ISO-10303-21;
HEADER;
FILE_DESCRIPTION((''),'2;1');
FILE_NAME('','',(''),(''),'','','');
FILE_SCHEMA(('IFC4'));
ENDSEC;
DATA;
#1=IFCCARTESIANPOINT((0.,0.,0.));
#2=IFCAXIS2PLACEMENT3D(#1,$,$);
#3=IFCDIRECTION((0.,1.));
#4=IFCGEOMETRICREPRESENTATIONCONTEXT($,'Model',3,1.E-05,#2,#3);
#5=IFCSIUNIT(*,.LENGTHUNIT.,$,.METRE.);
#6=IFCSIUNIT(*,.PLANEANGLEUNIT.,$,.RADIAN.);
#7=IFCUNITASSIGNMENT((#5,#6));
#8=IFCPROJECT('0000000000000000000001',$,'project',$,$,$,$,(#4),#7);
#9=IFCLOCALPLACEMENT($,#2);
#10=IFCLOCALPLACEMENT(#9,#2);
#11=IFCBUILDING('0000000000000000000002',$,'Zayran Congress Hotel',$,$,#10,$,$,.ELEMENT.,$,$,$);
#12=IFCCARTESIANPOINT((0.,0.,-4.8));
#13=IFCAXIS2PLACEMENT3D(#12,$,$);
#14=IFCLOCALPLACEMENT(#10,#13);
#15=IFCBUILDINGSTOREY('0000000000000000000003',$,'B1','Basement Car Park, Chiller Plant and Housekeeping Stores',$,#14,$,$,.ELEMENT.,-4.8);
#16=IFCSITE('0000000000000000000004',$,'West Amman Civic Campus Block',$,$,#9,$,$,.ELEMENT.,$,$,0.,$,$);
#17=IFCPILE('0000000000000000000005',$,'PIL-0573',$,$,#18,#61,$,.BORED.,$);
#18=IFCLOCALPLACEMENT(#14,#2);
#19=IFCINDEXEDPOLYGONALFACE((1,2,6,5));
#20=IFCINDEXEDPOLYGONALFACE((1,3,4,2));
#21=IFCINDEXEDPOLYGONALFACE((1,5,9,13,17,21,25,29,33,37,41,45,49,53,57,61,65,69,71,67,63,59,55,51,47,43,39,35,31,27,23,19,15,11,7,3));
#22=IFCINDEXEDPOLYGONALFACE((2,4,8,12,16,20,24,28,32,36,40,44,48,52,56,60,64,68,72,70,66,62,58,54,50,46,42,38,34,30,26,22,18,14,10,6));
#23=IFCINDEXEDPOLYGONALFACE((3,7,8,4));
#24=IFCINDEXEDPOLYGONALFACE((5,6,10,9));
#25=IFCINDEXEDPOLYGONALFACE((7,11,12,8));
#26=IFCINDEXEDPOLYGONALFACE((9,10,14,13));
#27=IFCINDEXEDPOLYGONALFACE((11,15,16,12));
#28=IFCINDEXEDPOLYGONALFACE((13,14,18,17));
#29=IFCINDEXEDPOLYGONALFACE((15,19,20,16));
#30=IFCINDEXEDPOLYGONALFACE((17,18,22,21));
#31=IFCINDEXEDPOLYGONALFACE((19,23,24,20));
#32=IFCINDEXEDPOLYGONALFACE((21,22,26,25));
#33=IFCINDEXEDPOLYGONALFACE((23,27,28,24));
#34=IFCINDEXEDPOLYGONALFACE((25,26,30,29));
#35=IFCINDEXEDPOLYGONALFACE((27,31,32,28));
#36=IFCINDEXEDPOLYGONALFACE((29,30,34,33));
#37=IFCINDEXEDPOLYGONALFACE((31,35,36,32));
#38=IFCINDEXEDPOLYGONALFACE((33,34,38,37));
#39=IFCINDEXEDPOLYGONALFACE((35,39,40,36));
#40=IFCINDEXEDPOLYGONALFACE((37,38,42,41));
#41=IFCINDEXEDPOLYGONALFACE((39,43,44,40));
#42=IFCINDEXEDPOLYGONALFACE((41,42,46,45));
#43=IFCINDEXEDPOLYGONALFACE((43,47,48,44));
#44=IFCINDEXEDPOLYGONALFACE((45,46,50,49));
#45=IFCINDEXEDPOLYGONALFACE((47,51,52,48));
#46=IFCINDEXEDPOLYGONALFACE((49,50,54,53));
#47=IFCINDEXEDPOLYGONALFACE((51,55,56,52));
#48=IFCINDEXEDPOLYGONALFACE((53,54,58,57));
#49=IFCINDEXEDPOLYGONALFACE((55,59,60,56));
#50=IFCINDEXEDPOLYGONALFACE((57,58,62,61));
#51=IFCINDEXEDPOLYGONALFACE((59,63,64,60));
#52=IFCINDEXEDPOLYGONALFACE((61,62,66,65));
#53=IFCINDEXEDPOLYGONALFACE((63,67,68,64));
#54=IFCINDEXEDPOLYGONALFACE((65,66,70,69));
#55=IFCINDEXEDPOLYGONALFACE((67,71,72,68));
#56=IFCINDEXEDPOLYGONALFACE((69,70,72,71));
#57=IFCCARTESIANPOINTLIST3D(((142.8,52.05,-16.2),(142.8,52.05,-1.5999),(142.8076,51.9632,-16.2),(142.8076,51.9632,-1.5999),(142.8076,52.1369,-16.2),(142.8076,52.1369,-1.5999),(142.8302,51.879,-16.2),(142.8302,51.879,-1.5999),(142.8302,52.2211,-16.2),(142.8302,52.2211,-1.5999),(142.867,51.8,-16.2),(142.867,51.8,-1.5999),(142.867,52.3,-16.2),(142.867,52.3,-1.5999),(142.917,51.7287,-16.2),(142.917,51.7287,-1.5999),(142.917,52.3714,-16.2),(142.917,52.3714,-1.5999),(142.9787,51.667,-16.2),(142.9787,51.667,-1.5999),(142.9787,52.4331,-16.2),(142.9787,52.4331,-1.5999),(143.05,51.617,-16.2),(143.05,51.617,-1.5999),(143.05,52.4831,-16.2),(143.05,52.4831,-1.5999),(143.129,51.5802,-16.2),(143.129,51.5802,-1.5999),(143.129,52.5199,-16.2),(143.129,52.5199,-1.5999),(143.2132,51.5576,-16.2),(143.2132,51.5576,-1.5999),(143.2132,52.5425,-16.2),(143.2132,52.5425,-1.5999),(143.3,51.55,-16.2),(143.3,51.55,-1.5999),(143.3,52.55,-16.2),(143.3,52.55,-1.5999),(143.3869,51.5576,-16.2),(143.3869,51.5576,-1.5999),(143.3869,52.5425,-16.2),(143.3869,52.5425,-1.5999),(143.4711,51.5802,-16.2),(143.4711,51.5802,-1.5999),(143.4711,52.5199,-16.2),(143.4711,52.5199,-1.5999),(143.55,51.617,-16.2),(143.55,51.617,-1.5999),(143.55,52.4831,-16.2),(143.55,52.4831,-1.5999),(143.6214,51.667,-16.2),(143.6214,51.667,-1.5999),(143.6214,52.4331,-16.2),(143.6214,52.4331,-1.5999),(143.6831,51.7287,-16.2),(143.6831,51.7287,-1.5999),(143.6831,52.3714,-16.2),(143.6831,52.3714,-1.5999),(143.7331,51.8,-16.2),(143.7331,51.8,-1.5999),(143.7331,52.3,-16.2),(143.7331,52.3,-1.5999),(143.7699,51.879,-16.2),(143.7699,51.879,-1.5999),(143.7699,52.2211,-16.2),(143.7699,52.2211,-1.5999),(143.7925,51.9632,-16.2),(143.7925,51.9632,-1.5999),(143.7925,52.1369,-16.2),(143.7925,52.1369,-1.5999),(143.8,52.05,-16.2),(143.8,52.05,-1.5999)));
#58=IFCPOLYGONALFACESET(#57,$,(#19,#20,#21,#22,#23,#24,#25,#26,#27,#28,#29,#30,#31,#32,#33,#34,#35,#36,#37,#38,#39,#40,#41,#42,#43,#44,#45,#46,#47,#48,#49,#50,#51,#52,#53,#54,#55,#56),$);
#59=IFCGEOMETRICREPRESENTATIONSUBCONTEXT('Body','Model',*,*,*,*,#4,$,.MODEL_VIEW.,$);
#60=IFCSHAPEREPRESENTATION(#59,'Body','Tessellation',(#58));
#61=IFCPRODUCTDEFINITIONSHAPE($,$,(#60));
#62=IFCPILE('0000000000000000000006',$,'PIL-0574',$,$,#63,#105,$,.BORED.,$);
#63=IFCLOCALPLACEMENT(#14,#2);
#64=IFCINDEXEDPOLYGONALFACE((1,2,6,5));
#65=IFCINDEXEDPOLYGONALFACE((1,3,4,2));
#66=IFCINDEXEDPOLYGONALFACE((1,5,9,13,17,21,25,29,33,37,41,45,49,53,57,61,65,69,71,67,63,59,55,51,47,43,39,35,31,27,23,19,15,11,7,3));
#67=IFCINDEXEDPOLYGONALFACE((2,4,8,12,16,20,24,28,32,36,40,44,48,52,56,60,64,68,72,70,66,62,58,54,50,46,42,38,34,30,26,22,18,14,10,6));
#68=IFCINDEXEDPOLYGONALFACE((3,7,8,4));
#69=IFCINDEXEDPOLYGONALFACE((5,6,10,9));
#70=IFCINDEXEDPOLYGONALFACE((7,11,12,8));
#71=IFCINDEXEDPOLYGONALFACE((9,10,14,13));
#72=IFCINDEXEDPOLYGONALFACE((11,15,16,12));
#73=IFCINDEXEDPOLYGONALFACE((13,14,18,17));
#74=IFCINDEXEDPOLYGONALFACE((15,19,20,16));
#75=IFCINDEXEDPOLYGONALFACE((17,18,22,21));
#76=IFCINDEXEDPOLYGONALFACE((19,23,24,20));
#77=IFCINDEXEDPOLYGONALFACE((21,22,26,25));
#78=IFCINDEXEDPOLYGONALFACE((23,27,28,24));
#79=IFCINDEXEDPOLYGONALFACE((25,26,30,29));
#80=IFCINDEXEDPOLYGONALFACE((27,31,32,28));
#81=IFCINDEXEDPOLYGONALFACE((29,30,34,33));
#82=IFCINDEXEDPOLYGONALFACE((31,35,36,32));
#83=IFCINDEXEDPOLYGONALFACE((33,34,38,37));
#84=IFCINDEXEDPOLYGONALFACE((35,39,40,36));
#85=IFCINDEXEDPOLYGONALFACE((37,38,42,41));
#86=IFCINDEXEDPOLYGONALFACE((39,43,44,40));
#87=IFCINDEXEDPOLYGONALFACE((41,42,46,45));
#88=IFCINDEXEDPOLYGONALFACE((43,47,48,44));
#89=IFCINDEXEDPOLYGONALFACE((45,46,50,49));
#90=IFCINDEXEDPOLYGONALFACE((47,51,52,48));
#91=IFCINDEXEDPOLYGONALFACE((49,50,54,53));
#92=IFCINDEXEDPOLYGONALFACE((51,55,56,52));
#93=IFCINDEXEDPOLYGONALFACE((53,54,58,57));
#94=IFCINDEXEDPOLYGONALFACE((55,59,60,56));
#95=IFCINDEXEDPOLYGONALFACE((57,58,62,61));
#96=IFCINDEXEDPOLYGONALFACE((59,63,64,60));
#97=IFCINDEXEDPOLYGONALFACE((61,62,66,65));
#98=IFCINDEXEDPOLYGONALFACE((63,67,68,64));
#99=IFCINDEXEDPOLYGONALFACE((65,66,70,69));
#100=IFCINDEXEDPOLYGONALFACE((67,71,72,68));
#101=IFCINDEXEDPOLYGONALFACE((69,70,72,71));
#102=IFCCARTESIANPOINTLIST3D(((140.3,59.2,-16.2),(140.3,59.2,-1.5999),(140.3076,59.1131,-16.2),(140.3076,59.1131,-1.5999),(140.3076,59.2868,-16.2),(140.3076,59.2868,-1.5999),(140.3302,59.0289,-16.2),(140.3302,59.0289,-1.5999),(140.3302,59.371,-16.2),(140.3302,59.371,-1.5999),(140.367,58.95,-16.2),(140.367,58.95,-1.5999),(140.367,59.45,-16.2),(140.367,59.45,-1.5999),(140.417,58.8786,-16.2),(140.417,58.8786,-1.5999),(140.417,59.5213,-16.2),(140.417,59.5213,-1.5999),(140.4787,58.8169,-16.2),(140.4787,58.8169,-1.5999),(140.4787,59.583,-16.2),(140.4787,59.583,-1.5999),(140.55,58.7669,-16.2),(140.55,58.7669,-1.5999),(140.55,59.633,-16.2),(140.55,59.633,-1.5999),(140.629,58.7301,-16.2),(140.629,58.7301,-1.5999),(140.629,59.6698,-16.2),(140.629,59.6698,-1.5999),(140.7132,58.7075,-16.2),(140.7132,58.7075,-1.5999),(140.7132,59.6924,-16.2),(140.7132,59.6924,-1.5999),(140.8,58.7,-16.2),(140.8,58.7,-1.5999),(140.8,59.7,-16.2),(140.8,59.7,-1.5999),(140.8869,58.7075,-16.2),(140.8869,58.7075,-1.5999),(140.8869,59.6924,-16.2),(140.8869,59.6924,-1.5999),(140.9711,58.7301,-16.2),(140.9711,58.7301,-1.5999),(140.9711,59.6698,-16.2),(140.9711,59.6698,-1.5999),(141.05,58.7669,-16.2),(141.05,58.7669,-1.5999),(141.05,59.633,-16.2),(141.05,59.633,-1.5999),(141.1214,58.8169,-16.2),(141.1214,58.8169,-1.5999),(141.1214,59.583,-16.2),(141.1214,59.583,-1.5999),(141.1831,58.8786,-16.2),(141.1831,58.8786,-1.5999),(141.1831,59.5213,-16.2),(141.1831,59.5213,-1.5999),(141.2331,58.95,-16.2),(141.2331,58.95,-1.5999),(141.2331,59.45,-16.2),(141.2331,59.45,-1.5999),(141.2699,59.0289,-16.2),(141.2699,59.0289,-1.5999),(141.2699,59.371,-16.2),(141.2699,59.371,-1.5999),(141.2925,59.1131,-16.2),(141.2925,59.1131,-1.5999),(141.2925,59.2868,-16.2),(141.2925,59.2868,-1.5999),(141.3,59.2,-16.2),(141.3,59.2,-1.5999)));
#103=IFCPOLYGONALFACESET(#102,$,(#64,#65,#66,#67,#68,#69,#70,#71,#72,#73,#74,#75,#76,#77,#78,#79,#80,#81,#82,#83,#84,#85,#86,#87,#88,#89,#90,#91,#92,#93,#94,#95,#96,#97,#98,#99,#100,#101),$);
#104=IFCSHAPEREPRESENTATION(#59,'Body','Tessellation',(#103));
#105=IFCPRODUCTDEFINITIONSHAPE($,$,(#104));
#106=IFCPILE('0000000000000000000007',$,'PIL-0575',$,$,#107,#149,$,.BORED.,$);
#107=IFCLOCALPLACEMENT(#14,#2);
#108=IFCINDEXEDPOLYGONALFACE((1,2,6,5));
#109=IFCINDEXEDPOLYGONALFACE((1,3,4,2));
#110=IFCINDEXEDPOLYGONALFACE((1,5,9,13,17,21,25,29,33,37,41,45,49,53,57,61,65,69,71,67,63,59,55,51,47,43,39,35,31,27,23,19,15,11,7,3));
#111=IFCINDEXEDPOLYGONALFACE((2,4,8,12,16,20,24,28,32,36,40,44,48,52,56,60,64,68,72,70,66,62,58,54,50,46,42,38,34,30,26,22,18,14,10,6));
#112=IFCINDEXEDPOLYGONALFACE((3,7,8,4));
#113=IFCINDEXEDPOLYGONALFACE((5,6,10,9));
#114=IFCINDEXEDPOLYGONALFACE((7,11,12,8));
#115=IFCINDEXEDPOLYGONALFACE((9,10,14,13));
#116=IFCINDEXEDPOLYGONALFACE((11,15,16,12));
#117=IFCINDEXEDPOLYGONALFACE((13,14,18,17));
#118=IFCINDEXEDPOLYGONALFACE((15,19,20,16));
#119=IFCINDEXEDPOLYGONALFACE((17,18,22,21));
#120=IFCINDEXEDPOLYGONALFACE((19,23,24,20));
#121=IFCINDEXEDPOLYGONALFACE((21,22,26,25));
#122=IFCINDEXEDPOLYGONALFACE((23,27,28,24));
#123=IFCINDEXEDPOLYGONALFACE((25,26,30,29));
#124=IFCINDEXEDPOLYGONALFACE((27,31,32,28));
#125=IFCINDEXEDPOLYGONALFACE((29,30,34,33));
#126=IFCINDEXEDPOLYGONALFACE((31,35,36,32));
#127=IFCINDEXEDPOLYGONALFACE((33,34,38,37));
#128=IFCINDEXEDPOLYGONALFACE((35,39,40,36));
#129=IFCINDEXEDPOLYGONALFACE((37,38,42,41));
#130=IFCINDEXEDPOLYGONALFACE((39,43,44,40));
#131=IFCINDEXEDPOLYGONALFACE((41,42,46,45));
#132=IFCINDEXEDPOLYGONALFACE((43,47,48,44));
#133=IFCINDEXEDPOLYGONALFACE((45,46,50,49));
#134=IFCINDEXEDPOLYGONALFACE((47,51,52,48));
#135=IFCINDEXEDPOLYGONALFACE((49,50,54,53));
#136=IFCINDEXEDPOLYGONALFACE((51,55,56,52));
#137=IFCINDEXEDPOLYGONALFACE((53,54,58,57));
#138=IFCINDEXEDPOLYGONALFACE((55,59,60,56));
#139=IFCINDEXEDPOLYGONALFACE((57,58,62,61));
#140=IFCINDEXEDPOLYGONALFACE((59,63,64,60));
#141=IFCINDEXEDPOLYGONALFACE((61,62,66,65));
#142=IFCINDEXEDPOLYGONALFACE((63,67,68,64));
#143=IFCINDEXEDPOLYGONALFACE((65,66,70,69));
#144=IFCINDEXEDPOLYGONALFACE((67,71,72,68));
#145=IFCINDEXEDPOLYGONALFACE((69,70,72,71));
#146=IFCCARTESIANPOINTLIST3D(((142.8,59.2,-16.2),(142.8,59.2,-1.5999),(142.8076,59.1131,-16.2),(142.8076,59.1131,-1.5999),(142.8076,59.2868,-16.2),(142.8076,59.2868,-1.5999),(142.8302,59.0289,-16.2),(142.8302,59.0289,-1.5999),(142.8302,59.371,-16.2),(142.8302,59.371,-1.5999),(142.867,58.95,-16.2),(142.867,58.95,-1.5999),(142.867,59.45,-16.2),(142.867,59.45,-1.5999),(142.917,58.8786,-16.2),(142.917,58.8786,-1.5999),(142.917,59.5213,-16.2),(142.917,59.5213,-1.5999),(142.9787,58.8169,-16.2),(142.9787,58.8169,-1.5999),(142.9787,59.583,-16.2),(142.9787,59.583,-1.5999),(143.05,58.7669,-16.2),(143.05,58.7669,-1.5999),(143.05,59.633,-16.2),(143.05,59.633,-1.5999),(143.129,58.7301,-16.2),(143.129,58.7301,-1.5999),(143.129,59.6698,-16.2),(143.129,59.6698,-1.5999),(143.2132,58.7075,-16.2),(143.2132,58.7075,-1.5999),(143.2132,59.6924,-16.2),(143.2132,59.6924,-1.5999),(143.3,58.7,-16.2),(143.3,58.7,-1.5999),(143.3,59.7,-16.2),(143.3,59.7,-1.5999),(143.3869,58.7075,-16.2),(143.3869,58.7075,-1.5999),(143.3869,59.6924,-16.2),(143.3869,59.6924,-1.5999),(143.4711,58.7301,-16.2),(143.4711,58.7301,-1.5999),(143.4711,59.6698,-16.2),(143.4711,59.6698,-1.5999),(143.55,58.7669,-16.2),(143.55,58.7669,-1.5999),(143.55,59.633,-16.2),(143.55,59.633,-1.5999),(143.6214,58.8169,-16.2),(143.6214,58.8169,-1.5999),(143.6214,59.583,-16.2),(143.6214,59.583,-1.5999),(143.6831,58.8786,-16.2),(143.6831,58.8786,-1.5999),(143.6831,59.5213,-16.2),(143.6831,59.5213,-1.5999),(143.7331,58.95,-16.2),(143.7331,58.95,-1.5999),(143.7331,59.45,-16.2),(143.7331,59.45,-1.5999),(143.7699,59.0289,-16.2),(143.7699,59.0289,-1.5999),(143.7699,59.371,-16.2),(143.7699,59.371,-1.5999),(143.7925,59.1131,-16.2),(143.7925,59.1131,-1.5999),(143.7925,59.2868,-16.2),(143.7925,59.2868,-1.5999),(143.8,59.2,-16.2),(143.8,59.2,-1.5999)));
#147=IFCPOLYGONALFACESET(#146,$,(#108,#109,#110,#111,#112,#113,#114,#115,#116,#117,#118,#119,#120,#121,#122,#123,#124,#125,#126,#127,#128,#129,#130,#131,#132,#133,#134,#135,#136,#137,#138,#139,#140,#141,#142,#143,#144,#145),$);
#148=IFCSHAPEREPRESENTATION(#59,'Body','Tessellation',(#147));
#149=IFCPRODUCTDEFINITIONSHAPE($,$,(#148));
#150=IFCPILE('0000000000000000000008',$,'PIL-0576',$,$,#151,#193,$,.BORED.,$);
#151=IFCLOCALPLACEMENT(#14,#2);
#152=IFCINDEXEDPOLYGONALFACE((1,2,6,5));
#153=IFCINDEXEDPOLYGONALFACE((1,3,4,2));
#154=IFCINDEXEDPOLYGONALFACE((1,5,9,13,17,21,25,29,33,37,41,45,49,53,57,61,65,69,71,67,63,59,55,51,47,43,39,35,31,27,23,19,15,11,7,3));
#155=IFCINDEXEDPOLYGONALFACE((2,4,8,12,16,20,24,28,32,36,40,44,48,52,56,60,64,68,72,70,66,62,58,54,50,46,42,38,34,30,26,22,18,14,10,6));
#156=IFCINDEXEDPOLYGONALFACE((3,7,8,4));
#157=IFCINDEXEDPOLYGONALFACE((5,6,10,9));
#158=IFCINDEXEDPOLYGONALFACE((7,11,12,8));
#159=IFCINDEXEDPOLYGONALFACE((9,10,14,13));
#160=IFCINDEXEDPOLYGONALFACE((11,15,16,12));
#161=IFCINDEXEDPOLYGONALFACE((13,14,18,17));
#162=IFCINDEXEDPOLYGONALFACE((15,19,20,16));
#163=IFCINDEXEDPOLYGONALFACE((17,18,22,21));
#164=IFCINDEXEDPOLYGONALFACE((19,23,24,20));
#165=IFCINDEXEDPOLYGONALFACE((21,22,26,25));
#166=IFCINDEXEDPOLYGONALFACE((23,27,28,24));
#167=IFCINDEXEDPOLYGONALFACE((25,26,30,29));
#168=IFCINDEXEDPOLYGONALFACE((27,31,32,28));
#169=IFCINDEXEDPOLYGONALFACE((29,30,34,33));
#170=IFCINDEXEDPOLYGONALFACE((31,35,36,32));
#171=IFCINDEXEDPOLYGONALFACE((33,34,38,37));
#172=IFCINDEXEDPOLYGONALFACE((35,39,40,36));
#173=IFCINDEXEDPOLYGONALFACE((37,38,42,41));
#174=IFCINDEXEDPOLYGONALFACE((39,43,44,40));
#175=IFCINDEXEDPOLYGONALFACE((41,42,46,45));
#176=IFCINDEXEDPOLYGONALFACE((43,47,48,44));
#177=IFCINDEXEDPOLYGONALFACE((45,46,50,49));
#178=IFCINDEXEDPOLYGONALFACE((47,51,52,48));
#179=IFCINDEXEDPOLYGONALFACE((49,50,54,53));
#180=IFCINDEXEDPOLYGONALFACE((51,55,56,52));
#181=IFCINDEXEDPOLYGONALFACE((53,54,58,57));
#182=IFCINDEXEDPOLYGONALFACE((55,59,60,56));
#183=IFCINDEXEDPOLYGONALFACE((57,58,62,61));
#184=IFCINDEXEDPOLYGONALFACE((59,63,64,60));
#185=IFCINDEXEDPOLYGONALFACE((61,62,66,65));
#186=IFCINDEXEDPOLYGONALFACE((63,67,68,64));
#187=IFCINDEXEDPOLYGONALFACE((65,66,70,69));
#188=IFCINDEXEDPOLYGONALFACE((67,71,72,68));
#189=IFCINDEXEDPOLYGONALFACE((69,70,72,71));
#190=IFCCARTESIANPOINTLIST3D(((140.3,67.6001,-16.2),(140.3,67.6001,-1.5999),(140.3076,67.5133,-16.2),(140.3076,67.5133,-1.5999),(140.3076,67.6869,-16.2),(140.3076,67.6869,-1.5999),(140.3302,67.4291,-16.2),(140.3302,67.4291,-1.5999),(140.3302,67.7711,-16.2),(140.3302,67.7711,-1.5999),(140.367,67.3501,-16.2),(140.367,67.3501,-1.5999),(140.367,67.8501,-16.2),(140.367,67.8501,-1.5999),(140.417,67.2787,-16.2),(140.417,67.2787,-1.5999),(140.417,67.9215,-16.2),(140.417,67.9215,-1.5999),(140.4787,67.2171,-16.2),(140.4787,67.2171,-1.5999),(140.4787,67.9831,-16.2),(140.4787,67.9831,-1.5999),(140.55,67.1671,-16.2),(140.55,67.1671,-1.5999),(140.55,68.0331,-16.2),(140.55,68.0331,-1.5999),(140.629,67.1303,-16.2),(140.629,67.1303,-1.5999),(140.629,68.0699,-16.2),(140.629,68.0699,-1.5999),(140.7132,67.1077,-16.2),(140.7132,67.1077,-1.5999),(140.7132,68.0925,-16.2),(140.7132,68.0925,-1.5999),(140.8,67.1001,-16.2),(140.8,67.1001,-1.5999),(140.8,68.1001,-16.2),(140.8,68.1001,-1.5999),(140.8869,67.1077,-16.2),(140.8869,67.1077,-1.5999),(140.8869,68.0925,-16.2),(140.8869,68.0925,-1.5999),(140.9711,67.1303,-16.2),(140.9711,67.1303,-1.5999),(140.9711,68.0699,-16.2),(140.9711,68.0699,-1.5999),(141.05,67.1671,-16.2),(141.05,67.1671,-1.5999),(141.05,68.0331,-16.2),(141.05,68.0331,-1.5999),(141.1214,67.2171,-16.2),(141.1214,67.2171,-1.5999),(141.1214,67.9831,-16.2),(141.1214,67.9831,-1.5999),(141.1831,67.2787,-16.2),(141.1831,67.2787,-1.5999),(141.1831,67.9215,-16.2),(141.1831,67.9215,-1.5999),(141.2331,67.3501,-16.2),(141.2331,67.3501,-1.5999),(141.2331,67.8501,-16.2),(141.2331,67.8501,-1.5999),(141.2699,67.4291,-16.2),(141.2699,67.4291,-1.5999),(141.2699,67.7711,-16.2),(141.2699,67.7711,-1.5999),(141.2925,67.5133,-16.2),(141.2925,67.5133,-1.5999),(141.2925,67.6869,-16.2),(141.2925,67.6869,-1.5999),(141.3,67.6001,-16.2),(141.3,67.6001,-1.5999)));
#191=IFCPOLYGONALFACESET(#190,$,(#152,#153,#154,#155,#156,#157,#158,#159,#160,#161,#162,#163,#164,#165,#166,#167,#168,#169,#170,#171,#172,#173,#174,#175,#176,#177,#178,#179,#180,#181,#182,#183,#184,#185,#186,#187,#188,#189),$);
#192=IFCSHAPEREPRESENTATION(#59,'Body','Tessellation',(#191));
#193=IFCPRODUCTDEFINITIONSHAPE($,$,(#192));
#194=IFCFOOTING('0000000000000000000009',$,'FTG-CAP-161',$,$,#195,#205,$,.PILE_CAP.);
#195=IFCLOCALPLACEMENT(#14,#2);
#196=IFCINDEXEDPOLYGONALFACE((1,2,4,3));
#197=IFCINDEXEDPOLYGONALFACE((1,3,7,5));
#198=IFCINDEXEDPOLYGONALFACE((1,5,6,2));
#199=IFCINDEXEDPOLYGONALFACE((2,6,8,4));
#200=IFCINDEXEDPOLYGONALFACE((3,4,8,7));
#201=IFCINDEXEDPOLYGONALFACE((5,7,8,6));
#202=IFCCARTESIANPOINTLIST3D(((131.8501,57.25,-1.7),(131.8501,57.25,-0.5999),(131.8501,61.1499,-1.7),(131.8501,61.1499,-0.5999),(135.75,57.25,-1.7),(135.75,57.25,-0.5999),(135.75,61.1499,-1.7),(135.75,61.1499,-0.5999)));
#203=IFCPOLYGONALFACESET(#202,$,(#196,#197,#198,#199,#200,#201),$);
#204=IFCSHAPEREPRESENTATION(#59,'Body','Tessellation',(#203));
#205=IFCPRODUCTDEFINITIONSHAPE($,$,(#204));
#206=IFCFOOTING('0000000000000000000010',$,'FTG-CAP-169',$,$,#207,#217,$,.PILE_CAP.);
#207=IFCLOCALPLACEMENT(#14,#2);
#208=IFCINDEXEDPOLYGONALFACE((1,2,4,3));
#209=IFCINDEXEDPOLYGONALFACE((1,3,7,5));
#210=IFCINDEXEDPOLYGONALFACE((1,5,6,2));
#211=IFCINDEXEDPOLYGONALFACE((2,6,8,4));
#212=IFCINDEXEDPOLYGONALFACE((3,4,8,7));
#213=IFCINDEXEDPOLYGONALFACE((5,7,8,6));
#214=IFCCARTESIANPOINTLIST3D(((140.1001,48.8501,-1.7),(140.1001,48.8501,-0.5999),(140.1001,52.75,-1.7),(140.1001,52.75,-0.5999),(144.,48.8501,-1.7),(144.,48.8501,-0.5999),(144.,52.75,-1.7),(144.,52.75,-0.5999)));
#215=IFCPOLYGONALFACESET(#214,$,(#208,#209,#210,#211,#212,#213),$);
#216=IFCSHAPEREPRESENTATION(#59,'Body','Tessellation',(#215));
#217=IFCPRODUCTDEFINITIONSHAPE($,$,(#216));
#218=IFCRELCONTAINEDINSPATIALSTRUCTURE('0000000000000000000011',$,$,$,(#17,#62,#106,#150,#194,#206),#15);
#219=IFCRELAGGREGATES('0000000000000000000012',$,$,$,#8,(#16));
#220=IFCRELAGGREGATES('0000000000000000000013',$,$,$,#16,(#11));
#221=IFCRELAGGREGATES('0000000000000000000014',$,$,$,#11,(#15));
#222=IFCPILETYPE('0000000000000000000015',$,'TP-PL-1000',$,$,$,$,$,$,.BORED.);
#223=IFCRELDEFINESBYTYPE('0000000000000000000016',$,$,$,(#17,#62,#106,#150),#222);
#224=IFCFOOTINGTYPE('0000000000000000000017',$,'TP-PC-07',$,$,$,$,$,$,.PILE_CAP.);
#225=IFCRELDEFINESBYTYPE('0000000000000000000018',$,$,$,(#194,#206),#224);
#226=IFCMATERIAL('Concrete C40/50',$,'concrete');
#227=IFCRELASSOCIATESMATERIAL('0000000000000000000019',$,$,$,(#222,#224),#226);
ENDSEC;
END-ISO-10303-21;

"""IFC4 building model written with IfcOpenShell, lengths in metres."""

from ifc_helpers import new_model, si_unit, direction, frame, origin, origin_2d, place, context, subcontext, project, spatial, rectangle, circle, extrude, material, material_profile, profile_set, type_object, element, save


model = new_model("IFC4")

# Units and contexts
model_context = context("Model", 3, precision=1e-05, world=origin(), true_north=direction((0.0, 1.0)))
body_context = subcontext(model_context, "Body", "Model", "MODEL_VIEW")
ifc_project = project(units=[si_unit("LENGTHUNIT", "METRE"), si_unit("PLANEANGLEUNIT", "RADIAN")], contexts=[model_context])

# Site, building, storey
site_placement = place(None, origin())
site = spatial("IfcSite", under=ifc_project, at=site_placement, Name="West Amman Civic Campus Block", CompositionType="ELEMENT", RefElevation=0.0)
building_placement = place(site_placement, origin())
building = spatial("IfcBuilding", under=site, at=building_placement, Name="Zayran Congress Hotel", CompositionType="ELEMENT")
storey_placement = place(building_placement, frame((0.0, 0.0, -4.8)))
storey = spatial("IfcBuildingStorey", under=building, at=storey_placement, Name="B1", Description="Basement Car Park, Chiller Plant and Housekeeping Stores", CompositionType="ELEMENT", Elevation=-4.8)

# Piles
ifc_material = material(Name="Concrete C40/50", Category="concrete")
ifc_material_profile_1 = material_profile(ifc_material, circle(Radius=0.5, at=origin_2d()), Name="PILE D1000")
ifc_profile_set_1 = profile_set([ifc_material_profile_1], Name="Concrete C40/50")
pile_type = type_object("IfcPileType", Name="TP-PL-1000", PredefinedType="BORED", material=ifc_profile_set_1)
for number, where, z_axis, x_axis, name in (
    (1, (143.3, 52.05, -1.5999), (0.0, 0.0, -1.0), (1.0, 0.0, 0.0), "PIL-0573"),
    (2, (140.8, 59.2, -1.5999), (0.0, 0.0, -1.0), (1.0, 0.0, 0.0), "PIL-0574"),
    (3, (143.3, 59.2, -1.5999), (0.0, 0.0, -1.0), (1.0, 0.0, 0.0), "PIL-0575"),
    (4, (140.8, 67.6001, -1.5999), (0.0, 0.0, -1.0), (1.0, 0.0, 0.0), "PIL-0576"),
):
    element("IfcPile", number, at=place(storey_placement, frame(where, z_axis=z_axis, x_axis=x_axis)), inside=storey, type_object=pile_type, Name=name, PredefinedType="BORED", context=body_context, shape_type="SweptSolid", body=[
        extrude(circle(Radius=0.5, at=origin_2d()), origin(), (0.0, 0.0, 1.0), 14.6001),
    ])

# Footings
footing_type_1 = type_object("IfcFootingType", Name="TP-PC-07", PredefinedType="PILE_CAP", material=ifc_material)
for number, where, z_axis, x_axis, name in (
    (5, (133.8, 59.2, -1.7), (0.0, 0.0, 1.0), (1.0, 0.0, 0.0), "FTG-CAP-161"),
    (6, (142.05, 50.8, -1.7), (0.0, 0.0, 1.0), (1.0, 0.0, 0.0), "FTG-CAP-169"),
):
    element("IfcFooting", number, at=place(storey_placement, frame(where, z_axis=z_axis, x_axis=x_axis)), inside=storey, type_object=footing_type_1, Name=name, PredefinedType="PILE_CAP", context=body_context, shape_type="SweptSolid", body=[
        extrude(rectangle(XDim=3.8999, YDim=3.8999, at=origin_2d()), origin(), (0.0, 0.0, 1.0), 1.1001),
    ])

save(model, "model.ifc")
